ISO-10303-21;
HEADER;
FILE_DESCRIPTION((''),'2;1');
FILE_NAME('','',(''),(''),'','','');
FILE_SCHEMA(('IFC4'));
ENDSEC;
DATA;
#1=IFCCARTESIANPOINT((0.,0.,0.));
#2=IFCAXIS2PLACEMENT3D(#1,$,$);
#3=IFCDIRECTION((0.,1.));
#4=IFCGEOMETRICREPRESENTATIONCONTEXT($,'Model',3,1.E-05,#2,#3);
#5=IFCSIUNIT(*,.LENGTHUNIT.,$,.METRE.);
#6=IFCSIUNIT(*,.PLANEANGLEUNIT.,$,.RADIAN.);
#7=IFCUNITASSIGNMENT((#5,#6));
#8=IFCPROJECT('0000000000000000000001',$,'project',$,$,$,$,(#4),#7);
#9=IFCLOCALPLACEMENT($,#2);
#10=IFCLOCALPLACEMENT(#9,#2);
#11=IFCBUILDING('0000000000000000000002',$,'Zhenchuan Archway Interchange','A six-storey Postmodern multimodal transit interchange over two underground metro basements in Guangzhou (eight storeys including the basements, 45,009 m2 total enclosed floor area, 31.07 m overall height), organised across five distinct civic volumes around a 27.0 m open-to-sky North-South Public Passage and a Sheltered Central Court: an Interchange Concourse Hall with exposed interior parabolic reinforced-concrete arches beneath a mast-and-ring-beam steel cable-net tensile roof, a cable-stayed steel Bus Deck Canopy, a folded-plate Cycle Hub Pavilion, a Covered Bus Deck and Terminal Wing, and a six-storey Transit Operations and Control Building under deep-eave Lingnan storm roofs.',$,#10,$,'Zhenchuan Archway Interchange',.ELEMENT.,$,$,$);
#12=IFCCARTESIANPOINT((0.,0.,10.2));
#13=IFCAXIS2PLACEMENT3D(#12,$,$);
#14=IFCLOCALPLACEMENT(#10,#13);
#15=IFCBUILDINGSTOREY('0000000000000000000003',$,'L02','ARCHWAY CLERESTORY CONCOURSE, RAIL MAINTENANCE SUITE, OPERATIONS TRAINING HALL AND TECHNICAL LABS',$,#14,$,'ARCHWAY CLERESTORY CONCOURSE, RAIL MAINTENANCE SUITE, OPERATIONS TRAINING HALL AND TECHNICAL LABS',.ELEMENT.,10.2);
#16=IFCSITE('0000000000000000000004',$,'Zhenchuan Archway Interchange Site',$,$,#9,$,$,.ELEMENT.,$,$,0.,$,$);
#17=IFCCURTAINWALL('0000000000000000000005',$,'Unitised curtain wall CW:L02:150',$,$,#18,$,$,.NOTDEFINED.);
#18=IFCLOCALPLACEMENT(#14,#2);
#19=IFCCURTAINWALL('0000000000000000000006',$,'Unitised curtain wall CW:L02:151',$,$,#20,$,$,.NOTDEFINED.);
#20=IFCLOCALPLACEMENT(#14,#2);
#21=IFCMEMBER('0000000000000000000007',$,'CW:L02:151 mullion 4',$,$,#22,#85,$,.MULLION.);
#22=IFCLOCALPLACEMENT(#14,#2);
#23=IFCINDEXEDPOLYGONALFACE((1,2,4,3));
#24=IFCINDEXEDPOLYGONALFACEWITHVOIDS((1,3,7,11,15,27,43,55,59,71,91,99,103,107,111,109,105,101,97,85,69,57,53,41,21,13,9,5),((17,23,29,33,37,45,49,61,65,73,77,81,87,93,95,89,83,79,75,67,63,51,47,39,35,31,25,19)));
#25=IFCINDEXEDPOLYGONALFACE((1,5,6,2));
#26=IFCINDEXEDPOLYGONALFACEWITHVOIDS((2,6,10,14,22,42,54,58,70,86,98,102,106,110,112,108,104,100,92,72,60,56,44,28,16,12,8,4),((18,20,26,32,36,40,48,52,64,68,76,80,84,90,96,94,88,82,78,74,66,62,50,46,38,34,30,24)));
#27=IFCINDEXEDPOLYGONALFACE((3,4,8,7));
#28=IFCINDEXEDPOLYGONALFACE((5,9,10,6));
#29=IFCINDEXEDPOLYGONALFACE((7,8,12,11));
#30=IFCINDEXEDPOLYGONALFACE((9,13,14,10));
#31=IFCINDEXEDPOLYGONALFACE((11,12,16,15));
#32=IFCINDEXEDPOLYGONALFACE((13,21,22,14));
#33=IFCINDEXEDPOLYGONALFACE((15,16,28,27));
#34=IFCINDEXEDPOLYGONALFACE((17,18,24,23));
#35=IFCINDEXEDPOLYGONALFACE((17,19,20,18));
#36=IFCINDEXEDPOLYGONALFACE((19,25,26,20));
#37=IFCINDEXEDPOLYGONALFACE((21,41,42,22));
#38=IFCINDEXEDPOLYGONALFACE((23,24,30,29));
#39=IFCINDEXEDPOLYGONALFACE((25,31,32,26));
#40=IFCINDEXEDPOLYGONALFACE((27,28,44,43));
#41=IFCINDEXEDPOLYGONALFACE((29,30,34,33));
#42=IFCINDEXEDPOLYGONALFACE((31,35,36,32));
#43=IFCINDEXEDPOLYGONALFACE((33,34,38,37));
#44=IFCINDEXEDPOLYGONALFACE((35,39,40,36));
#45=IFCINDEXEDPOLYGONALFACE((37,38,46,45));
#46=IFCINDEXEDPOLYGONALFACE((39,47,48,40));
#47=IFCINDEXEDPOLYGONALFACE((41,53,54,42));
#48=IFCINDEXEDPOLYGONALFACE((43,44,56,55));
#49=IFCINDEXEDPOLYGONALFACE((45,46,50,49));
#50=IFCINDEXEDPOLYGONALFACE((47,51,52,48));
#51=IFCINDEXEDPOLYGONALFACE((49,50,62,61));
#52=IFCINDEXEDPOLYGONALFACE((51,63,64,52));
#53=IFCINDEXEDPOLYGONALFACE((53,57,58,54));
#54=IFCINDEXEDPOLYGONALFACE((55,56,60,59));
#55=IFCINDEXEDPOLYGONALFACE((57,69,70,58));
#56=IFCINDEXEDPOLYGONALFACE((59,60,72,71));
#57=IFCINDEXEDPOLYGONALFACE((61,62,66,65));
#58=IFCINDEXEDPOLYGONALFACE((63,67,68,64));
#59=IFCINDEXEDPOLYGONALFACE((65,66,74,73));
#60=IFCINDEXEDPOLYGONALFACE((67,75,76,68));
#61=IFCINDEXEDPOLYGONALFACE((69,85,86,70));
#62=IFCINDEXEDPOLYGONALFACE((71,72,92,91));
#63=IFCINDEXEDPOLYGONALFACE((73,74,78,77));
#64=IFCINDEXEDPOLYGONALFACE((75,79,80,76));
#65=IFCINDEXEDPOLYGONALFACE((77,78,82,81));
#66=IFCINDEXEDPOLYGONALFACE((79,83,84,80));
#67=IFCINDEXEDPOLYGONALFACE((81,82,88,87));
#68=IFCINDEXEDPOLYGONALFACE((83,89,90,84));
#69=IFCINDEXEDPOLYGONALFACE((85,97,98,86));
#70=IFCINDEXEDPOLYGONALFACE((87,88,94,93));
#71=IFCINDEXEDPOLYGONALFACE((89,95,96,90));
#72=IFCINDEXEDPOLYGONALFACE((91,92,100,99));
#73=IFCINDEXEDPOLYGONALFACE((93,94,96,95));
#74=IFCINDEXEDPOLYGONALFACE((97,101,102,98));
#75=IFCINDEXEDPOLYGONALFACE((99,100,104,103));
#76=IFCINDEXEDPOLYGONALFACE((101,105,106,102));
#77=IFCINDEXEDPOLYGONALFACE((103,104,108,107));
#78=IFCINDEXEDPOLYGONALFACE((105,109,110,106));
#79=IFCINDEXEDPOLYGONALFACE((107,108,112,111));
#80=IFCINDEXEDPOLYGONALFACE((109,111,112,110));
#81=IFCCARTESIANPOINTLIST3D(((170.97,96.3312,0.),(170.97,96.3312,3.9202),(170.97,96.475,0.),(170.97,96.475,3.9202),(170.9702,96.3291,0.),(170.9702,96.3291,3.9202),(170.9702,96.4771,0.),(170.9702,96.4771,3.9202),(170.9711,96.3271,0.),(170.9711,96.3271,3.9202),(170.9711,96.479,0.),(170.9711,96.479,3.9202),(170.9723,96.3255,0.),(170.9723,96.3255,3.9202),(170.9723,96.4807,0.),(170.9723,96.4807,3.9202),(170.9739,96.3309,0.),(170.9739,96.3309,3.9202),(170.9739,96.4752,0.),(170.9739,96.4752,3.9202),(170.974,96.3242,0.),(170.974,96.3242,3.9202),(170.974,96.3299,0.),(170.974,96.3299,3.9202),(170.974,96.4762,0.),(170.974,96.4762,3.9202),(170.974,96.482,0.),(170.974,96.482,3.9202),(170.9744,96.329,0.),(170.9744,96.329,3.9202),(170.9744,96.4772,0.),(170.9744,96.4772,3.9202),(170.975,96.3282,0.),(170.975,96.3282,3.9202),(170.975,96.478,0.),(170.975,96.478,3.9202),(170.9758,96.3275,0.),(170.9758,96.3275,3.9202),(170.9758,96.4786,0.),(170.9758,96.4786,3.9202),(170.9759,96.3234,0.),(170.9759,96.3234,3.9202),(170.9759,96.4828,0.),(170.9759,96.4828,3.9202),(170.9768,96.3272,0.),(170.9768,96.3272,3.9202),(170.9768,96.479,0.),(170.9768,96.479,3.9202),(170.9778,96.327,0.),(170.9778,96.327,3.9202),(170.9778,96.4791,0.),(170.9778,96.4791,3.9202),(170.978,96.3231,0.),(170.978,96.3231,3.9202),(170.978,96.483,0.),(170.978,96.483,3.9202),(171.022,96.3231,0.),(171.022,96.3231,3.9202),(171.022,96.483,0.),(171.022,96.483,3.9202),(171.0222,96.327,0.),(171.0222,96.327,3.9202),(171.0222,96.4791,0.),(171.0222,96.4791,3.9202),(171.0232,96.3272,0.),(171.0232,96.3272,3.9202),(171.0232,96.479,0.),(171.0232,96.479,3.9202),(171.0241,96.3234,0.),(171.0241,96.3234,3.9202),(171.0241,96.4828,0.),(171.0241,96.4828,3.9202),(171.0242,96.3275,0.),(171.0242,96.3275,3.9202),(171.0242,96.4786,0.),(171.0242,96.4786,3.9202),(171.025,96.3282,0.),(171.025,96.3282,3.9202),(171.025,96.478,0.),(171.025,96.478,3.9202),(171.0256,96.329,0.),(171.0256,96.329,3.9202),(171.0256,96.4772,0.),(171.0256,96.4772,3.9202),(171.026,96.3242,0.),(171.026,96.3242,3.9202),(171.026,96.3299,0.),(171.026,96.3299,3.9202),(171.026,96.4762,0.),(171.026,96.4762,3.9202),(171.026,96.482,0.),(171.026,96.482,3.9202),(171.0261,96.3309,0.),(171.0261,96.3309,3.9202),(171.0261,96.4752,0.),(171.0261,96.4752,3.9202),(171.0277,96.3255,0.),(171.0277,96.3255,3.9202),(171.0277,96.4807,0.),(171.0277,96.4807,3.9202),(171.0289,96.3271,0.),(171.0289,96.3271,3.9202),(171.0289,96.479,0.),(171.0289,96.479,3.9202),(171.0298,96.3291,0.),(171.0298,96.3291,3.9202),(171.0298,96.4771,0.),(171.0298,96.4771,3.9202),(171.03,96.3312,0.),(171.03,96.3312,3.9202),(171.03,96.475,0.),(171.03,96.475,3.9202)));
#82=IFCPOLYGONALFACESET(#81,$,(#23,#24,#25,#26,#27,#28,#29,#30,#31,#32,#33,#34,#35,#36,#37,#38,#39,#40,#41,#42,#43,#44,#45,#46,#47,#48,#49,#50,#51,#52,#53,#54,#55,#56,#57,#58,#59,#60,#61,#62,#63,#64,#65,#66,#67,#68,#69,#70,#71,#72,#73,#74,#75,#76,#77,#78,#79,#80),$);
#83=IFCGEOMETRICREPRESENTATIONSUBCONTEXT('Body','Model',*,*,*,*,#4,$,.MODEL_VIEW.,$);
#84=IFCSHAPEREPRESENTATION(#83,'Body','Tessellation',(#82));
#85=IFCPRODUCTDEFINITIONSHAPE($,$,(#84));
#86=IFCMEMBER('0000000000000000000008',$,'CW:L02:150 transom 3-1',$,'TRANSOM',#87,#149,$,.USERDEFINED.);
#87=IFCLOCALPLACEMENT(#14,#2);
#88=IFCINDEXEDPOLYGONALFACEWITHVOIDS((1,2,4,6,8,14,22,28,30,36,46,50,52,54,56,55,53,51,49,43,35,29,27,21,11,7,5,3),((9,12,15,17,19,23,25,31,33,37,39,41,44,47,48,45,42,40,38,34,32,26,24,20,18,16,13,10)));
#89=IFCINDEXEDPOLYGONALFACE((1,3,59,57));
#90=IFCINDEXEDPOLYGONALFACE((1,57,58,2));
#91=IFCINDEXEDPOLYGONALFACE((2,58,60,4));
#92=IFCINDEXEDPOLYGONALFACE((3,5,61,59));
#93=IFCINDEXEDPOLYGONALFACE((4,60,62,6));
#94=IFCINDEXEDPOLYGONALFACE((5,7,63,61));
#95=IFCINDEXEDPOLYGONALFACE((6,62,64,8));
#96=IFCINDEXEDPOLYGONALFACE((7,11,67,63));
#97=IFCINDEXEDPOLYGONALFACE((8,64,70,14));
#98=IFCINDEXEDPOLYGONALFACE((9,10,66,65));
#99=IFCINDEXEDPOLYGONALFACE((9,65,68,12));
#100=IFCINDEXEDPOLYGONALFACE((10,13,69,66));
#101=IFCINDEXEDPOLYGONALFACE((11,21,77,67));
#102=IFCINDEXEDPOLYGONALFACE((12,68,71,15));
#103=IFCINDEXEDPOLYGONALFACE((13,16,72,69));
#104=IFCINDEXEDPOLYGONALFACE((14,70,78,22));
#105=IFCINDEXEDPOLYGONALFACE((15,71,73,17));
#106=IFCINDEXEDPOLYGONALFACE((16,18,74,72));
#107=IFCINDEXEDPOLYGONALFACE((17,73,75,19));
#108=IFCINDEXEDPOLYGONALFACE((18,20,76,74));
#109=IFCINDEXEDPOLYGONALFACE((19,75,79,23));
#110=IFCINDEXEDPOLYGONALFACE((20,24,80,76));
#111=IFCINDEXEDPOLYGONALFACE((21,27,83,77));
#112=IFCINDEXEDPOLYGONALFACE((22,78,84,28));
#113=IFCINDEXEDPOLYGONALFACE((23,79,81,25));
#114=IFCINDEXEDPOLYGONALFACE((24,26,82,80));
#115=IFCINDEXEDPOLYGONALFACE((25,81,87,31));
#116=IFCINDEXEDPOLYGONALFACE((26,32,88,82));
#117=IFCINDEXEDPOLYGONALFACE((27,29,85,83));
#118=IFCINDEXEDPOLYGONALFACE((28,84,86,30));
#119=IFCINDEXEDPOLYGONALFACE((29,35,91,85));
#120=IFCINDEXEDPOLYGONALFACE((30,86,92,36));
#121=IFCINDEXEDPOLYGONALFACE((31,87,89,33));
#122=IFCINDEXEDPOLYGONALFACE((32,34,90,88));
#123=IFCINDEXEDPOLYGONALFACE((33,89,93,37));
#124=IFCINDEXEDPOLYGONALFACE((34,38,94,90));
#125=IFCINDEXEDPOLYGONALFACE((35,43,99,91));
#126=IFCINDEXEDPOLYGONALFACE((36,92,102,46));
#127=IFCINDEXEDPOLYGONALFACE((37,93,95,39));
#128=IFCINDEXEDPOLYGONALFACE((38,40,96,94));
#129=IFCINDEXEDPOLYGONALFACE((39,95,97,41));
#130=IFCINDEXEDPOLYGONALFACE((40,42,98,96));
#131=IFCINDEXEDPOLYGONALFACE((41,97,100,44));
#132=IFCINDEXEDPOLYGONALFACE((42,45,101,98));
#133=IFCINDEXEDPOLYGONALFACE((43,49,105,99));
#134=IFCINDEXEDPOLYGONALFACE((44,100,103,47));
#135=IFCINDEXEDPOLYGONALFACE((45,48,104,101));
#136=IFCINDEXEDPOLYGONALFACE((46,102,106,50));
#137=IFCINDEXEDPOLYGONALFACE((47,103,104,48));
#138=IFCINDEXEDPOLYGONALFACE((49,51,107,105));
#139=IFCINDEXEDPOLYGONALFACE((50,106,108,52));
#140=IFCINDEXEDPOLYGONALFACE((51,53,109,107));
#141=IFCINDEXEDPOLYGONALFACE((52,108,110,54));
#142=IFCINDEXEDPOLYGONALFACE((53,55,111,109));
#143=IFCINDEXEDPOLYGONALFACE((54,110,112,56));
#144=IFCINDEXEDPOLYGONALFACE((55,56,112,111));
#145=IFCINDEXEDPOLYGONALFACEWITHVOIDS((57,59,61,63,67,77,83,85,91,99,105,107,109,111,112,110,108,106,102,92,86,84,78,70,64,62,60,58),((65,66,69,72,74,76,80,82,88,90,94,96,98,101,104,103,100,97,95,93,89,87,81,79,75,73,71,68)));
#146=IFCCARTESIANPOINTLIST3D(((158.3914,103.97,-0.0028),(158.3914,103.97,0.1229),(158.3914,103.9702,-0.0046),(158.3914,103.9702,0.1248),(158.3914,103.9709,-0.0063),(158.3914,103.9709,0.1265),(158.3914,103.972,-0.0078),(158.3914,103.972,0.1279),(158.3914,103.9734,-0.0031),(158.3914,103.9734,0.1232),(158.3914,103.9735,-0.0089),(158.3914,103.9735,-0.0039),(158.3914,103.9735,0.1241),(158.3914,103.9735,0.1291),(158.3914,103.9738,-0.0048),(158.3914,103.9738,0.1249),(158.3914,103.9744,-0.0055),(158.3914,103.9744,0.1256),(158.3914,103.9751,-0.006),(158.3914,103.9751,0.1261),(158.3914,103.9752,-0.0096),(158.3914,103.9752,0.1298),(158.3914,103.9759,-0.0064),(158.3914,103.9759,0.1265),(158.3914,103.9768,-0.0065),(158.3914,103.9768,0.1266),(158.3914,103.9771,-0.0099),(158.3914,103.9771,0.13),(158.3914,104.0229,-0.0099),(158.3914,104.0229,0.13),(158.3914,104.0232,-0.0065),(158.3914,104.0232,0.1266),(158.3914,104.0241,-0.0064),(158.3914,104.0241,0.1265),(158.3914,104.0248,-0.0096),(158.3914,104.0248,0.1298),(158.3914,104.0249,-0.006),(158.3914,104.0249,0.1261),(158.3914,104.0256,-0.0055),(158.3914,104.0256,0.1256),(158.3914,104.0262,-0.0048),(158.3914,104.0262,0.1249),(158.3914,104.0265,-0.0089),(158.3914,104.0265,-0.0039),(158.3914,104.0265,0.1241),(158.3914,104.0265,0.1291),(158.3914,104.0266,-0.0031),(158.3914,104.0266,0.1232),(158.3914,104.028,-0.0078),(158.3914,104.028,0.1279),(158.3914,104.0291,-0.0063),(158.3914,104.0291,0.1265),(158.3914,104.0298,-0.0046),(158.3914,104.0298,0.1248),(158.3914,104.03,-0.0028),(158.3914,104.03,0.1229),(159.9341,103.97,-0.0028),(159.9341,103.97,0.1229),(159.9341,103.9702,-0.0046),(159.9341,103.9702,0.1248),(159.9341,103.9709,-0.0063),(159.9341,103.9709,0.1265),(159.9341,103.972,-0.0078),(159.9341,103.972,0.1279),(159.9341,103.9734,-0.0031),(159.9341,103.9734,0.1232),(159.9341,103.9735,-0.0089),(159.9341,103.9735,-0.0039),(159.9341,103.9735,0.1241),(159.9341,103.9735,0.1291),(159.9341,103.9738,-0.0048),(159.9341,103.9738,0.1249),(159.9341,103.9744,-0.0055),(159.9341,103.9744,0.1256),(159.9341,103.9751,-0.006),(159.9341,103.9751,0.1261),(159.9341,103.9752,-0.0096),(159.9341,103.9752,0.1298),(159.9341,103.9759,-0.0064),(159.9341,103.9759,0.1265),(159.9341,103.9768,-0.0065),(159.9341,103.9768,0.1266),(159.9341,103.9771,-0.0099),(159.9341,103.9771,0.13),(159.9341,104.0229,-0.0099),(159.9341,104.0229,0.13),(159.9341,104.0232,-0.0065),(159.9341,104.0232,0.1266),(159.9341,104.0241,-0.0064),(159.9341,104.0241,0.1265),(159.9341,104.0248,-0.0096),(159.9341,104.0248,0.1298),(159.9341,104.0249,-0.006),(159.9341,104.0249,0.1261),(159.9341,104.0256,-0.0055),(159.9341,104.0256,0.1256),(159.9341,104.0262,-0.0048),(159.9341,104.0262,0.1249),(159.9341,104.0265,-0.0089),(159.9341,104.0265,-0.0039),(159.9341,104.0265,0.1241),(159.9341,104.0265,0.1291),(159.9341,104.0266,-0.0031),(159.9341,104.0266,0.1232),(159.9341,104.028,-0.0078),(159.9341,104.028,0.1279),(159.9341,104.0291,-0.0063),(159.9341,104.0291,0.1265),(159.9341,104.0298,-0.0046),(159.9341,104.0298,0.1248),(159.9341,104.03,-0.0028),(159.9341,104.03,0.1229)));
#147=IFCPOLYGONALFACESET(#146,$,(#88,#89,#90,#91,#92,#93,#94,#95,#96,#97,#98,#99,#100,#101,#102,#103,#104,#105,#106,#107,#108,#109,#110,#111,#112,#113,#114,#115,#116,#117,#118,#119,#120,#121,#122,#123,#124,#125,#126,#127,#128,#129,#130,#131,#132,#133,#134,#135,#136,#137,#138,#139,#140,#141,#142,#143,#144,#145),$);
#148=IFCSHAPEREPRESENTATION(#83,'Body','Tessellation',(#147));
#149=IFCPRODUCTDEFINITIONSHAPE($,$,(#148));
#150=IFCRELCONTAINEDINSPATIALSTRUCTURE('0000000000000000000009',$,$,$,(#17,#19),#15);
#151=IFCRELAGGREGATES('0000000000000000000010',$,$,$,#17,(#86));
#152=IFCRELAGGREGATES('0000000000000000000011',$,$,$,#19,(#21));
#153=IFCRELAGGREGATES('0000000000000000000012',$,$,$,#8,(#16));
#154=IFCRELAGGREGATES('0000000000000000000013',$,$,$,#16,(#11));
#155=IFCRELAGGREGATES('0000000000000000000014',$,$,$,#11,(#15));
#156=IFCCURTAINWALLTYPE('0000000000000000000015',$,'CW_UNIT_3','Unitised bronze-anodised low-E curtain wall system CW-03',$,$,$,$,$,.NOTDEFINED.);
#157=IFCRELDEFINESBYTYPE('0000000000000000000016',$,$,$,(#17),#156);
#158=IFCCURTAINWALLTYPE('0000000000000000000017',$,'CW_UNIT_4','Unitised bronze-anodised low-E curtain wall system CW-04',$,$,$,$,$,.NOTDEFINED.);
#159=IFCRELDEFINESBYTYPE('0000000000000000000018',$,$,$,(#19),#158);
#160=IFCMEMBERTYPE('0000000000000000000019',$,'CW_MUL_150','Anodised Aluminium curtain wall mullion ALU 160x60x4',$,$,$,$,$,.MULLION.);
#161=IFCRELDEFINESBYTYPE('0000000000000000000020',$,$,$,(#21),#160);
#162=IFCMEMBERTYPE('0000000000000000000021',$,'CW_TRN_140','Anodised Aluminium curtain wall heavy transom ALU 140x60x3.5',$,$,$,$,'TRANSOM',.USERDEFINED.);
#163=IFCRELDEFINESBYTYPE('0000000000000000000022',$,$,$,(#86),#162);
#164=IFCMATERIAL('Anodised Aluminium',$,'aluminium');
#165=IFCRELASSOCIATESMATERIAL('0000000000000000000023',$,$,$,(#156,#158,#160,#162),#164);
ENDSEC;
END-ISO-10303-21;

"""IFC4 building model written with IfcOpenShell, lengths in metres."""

from ifc_helpers import new_model, si_unit, direction, frame, origin, origin_2d, place, context, subcontext, project, spatial, hollow_rectangle, extrude, material, material_profile, profile_set, type_object, element, aggregate, save


model = new_model("IFC4")

# Units and contexts
model_context = context("Model", 3, precision=1e-05, world=origin(), true_north=direction((0.0, 1.0)))
body_context = subcontext(model_context, "Body", "Model", "MODEL_VIEW")
ifc_project = project(units=[si_unit("LENGTHUNIT", "METRE"), si_unit("PLANEANGLEUNIT", "RADIAN")], contexts=[model_context])

# Site, building, storey
site_placement = place(None, origin())
site = spatial("IfcSite", under=ifc_project, at=site_placement, Name="Zhenchuan Archway Interchange Site", CompositionType="ELEMENT", RefElevation=0.0)
building_placement = place(site_placement, origin())
building = spatial("IfcBuilding", under=site, at=building_placement, Name="Zhenchuan Archway Interchange", Description="A six-storey Postmodern multimodal transit interchange over two underground metro basements in Guangzhou (eight storeys including the basements, 45,009 m2 total enclosed floor area, 31.07 m overall height), organised across five distinct civic volumes around a 27.0 m open-to-sky North-South Public Passage and a Sheltered Central Court: an Interchange Concourse Hall with exposed interior parabolic reinforced-concrete arches beneath a mast-and-ring-beam steel cable-net tensile roof, a cable-stayed steel Bus Deck Canopy, a folded-plate Cycle Hub Pavilion, a Covered Bus Deck and Terminal Wing, and a six-storey Transit Operations and Control Building under deep-eave Lingnan storm roofs.", LongName="Zhenchuan Archway Interchange", CompositionType="ELEMENT")
storey_placement = place(building_placement, frame((0.0, 0.0, 10.2)))
storey = spatial("IfcBuildingStorey", under=building, at=storey_placement, Name="L02", Description="ARCHWAY CLERESTORY CONCOURSE, RAIL MAINTENANCE SUITE, OPERATIONS TRAINING HALL AND TECHNICAL LABS", LongName="ARCHWAY CLERESTORY CONCOURSE, RAIL MAINTENANCE SUITE, OPERATIONS TRAINING HALL AND TECHNICAL LABS", CompositionType="ELEMENT", Elevation=10.2)

# Curtain wall
ifc_material_1 = material(Name="Anodised Aluminium", Category="aluminium")
curtain_wall_type_1 = type_object("IfcCurtainWallType", Name="CW_UNIT_3", Description="Unitised bronze-anodised low-E curtain wall system CW-03", PredefinedType="NOTDEFINED", material=ifc_material_1)
curtain_wall_1_placement = place(storey_placement, origin())
curtain_wall_1 = element("IfcCurtainWall", 1, at=curtain_wall_1_placement, inside=storey, type_object=curtain_wall_type_1, Name="Unitised curtain wall CW:L02:150", PredefinedType="NOTDEFINED")
ifc_material_profile_1 = material_profile(ifc_material_1, hollow_rectangle(XDim=0.0601, YDim=0.1599, WallThickness=0.0039, InnerFilletRadius=0.0039, OuterFilletRadius=0.0081, at=origin_2d()), Name="ALU 160x60x4")
ifc_profile_set_1 = profile_set([ifc_material_profile_1], Name="Anodised Aluminium")
member_type_1 = type_object("IfcMemberType", Name="CW_MUL_150", Description="Anodised Aluminium curtain wall mullion ALU 160x60x4", PredefinedType="MULLION", material=ifc_profile_set_1)

# Curtain wall, member
curtain_wall_type_2 = type_object("IfcCurtainWallType", Name="CW_UNIT_4", Description="Unitised bronze-anodised low-E curtain wall system CW-04", PredefinedType="NOTDEFINED", material=ifc_material_1)
curtain_wall_2_placement = place(storey_placement, origin())
curtain_wall_2 = element("IfcCurtainWall", 2, at=curtain_wall_2_placement, inside=storey, type_object=curtain_wall_type_2, Name="Unitised curtain wall CW:L02:151", PredefinedType="NOTDEFINED")
member_1_placement = place(storey_placement, frame((171.0, 96.4031, 0.0), z_axis=(0.0, 0.0, 1.0), x_axis=(1.0, 0.0, 0.0)))
member_1 = element("IfcMember", 3, at=member_1_placement, type_object=member_type_1, Name="CW:L02:151 mullion 4", PredefinedType="MULLION", context=body_context, shape_type="SweptSolid", body=[
    extrude(hollow_rectangle(XDim=0.0601, YDim=0.1599, WallThickness=0.0039, InnerFilletRadius=0.0039, OuterFilletRadius=0.0081, at=origin_2d()), origin(), (0.0, 0.0, 1.0), 3.9202),
])

# Member
ifc_material_profile_2 = material_profile(ifc_material_1, hollow_rectangle(XDim=0.0601, YDim=0.1399, WallThickness=0.0034, InnerFilletRadius=0.0034, OuterFilletRadius=0.0071, at=origin_2d()), Name="ALU 140x60x3.5")
ifc_profile_set_2 = profile_set([ifc_material_profile_2], Name="Anodised Aluminium")
member_type_2 = type_object("IfcMemberType", Name="CW_TRN_140", Description="Anodised Aluminium curtain wall heavy transom ALU 140x60x3.5", ElementType="TRANSOM", PredefinedType="USERDEFINED", material=ifc_profile_set_2)
member_2_placement = place(storey_placement, frame((158.3914, 104.0, 0.0601), z_axis=(1.0, 0.0, 0.0), x_axis=(0.0, 1.0, 0.0)))
member_2 = element("IfcMember", 4, at=member_2_placement, type_object=member_type_2, Name="CW:L02:150 transom 3-1", ObjectType="TRANSOM", PredefinedType="USERDEFINED", context=body_context, shape_type="SweptSolid", body=[
    extrude(hollow_rectangle(XDim=0.0601, YDim=0.1399, WallThickness=0.0034, InnerFilletRadius=0.0034, OuterFilletRadius=0.0071, at=origin_2d()), origin(), (0.0, 0.0, 1.0), 1.5427),
])

aggregate(curtain_wall_1, [member_2])
aggregate(curtain_wall_2, [member_1])

save(model, "model.ifc")
